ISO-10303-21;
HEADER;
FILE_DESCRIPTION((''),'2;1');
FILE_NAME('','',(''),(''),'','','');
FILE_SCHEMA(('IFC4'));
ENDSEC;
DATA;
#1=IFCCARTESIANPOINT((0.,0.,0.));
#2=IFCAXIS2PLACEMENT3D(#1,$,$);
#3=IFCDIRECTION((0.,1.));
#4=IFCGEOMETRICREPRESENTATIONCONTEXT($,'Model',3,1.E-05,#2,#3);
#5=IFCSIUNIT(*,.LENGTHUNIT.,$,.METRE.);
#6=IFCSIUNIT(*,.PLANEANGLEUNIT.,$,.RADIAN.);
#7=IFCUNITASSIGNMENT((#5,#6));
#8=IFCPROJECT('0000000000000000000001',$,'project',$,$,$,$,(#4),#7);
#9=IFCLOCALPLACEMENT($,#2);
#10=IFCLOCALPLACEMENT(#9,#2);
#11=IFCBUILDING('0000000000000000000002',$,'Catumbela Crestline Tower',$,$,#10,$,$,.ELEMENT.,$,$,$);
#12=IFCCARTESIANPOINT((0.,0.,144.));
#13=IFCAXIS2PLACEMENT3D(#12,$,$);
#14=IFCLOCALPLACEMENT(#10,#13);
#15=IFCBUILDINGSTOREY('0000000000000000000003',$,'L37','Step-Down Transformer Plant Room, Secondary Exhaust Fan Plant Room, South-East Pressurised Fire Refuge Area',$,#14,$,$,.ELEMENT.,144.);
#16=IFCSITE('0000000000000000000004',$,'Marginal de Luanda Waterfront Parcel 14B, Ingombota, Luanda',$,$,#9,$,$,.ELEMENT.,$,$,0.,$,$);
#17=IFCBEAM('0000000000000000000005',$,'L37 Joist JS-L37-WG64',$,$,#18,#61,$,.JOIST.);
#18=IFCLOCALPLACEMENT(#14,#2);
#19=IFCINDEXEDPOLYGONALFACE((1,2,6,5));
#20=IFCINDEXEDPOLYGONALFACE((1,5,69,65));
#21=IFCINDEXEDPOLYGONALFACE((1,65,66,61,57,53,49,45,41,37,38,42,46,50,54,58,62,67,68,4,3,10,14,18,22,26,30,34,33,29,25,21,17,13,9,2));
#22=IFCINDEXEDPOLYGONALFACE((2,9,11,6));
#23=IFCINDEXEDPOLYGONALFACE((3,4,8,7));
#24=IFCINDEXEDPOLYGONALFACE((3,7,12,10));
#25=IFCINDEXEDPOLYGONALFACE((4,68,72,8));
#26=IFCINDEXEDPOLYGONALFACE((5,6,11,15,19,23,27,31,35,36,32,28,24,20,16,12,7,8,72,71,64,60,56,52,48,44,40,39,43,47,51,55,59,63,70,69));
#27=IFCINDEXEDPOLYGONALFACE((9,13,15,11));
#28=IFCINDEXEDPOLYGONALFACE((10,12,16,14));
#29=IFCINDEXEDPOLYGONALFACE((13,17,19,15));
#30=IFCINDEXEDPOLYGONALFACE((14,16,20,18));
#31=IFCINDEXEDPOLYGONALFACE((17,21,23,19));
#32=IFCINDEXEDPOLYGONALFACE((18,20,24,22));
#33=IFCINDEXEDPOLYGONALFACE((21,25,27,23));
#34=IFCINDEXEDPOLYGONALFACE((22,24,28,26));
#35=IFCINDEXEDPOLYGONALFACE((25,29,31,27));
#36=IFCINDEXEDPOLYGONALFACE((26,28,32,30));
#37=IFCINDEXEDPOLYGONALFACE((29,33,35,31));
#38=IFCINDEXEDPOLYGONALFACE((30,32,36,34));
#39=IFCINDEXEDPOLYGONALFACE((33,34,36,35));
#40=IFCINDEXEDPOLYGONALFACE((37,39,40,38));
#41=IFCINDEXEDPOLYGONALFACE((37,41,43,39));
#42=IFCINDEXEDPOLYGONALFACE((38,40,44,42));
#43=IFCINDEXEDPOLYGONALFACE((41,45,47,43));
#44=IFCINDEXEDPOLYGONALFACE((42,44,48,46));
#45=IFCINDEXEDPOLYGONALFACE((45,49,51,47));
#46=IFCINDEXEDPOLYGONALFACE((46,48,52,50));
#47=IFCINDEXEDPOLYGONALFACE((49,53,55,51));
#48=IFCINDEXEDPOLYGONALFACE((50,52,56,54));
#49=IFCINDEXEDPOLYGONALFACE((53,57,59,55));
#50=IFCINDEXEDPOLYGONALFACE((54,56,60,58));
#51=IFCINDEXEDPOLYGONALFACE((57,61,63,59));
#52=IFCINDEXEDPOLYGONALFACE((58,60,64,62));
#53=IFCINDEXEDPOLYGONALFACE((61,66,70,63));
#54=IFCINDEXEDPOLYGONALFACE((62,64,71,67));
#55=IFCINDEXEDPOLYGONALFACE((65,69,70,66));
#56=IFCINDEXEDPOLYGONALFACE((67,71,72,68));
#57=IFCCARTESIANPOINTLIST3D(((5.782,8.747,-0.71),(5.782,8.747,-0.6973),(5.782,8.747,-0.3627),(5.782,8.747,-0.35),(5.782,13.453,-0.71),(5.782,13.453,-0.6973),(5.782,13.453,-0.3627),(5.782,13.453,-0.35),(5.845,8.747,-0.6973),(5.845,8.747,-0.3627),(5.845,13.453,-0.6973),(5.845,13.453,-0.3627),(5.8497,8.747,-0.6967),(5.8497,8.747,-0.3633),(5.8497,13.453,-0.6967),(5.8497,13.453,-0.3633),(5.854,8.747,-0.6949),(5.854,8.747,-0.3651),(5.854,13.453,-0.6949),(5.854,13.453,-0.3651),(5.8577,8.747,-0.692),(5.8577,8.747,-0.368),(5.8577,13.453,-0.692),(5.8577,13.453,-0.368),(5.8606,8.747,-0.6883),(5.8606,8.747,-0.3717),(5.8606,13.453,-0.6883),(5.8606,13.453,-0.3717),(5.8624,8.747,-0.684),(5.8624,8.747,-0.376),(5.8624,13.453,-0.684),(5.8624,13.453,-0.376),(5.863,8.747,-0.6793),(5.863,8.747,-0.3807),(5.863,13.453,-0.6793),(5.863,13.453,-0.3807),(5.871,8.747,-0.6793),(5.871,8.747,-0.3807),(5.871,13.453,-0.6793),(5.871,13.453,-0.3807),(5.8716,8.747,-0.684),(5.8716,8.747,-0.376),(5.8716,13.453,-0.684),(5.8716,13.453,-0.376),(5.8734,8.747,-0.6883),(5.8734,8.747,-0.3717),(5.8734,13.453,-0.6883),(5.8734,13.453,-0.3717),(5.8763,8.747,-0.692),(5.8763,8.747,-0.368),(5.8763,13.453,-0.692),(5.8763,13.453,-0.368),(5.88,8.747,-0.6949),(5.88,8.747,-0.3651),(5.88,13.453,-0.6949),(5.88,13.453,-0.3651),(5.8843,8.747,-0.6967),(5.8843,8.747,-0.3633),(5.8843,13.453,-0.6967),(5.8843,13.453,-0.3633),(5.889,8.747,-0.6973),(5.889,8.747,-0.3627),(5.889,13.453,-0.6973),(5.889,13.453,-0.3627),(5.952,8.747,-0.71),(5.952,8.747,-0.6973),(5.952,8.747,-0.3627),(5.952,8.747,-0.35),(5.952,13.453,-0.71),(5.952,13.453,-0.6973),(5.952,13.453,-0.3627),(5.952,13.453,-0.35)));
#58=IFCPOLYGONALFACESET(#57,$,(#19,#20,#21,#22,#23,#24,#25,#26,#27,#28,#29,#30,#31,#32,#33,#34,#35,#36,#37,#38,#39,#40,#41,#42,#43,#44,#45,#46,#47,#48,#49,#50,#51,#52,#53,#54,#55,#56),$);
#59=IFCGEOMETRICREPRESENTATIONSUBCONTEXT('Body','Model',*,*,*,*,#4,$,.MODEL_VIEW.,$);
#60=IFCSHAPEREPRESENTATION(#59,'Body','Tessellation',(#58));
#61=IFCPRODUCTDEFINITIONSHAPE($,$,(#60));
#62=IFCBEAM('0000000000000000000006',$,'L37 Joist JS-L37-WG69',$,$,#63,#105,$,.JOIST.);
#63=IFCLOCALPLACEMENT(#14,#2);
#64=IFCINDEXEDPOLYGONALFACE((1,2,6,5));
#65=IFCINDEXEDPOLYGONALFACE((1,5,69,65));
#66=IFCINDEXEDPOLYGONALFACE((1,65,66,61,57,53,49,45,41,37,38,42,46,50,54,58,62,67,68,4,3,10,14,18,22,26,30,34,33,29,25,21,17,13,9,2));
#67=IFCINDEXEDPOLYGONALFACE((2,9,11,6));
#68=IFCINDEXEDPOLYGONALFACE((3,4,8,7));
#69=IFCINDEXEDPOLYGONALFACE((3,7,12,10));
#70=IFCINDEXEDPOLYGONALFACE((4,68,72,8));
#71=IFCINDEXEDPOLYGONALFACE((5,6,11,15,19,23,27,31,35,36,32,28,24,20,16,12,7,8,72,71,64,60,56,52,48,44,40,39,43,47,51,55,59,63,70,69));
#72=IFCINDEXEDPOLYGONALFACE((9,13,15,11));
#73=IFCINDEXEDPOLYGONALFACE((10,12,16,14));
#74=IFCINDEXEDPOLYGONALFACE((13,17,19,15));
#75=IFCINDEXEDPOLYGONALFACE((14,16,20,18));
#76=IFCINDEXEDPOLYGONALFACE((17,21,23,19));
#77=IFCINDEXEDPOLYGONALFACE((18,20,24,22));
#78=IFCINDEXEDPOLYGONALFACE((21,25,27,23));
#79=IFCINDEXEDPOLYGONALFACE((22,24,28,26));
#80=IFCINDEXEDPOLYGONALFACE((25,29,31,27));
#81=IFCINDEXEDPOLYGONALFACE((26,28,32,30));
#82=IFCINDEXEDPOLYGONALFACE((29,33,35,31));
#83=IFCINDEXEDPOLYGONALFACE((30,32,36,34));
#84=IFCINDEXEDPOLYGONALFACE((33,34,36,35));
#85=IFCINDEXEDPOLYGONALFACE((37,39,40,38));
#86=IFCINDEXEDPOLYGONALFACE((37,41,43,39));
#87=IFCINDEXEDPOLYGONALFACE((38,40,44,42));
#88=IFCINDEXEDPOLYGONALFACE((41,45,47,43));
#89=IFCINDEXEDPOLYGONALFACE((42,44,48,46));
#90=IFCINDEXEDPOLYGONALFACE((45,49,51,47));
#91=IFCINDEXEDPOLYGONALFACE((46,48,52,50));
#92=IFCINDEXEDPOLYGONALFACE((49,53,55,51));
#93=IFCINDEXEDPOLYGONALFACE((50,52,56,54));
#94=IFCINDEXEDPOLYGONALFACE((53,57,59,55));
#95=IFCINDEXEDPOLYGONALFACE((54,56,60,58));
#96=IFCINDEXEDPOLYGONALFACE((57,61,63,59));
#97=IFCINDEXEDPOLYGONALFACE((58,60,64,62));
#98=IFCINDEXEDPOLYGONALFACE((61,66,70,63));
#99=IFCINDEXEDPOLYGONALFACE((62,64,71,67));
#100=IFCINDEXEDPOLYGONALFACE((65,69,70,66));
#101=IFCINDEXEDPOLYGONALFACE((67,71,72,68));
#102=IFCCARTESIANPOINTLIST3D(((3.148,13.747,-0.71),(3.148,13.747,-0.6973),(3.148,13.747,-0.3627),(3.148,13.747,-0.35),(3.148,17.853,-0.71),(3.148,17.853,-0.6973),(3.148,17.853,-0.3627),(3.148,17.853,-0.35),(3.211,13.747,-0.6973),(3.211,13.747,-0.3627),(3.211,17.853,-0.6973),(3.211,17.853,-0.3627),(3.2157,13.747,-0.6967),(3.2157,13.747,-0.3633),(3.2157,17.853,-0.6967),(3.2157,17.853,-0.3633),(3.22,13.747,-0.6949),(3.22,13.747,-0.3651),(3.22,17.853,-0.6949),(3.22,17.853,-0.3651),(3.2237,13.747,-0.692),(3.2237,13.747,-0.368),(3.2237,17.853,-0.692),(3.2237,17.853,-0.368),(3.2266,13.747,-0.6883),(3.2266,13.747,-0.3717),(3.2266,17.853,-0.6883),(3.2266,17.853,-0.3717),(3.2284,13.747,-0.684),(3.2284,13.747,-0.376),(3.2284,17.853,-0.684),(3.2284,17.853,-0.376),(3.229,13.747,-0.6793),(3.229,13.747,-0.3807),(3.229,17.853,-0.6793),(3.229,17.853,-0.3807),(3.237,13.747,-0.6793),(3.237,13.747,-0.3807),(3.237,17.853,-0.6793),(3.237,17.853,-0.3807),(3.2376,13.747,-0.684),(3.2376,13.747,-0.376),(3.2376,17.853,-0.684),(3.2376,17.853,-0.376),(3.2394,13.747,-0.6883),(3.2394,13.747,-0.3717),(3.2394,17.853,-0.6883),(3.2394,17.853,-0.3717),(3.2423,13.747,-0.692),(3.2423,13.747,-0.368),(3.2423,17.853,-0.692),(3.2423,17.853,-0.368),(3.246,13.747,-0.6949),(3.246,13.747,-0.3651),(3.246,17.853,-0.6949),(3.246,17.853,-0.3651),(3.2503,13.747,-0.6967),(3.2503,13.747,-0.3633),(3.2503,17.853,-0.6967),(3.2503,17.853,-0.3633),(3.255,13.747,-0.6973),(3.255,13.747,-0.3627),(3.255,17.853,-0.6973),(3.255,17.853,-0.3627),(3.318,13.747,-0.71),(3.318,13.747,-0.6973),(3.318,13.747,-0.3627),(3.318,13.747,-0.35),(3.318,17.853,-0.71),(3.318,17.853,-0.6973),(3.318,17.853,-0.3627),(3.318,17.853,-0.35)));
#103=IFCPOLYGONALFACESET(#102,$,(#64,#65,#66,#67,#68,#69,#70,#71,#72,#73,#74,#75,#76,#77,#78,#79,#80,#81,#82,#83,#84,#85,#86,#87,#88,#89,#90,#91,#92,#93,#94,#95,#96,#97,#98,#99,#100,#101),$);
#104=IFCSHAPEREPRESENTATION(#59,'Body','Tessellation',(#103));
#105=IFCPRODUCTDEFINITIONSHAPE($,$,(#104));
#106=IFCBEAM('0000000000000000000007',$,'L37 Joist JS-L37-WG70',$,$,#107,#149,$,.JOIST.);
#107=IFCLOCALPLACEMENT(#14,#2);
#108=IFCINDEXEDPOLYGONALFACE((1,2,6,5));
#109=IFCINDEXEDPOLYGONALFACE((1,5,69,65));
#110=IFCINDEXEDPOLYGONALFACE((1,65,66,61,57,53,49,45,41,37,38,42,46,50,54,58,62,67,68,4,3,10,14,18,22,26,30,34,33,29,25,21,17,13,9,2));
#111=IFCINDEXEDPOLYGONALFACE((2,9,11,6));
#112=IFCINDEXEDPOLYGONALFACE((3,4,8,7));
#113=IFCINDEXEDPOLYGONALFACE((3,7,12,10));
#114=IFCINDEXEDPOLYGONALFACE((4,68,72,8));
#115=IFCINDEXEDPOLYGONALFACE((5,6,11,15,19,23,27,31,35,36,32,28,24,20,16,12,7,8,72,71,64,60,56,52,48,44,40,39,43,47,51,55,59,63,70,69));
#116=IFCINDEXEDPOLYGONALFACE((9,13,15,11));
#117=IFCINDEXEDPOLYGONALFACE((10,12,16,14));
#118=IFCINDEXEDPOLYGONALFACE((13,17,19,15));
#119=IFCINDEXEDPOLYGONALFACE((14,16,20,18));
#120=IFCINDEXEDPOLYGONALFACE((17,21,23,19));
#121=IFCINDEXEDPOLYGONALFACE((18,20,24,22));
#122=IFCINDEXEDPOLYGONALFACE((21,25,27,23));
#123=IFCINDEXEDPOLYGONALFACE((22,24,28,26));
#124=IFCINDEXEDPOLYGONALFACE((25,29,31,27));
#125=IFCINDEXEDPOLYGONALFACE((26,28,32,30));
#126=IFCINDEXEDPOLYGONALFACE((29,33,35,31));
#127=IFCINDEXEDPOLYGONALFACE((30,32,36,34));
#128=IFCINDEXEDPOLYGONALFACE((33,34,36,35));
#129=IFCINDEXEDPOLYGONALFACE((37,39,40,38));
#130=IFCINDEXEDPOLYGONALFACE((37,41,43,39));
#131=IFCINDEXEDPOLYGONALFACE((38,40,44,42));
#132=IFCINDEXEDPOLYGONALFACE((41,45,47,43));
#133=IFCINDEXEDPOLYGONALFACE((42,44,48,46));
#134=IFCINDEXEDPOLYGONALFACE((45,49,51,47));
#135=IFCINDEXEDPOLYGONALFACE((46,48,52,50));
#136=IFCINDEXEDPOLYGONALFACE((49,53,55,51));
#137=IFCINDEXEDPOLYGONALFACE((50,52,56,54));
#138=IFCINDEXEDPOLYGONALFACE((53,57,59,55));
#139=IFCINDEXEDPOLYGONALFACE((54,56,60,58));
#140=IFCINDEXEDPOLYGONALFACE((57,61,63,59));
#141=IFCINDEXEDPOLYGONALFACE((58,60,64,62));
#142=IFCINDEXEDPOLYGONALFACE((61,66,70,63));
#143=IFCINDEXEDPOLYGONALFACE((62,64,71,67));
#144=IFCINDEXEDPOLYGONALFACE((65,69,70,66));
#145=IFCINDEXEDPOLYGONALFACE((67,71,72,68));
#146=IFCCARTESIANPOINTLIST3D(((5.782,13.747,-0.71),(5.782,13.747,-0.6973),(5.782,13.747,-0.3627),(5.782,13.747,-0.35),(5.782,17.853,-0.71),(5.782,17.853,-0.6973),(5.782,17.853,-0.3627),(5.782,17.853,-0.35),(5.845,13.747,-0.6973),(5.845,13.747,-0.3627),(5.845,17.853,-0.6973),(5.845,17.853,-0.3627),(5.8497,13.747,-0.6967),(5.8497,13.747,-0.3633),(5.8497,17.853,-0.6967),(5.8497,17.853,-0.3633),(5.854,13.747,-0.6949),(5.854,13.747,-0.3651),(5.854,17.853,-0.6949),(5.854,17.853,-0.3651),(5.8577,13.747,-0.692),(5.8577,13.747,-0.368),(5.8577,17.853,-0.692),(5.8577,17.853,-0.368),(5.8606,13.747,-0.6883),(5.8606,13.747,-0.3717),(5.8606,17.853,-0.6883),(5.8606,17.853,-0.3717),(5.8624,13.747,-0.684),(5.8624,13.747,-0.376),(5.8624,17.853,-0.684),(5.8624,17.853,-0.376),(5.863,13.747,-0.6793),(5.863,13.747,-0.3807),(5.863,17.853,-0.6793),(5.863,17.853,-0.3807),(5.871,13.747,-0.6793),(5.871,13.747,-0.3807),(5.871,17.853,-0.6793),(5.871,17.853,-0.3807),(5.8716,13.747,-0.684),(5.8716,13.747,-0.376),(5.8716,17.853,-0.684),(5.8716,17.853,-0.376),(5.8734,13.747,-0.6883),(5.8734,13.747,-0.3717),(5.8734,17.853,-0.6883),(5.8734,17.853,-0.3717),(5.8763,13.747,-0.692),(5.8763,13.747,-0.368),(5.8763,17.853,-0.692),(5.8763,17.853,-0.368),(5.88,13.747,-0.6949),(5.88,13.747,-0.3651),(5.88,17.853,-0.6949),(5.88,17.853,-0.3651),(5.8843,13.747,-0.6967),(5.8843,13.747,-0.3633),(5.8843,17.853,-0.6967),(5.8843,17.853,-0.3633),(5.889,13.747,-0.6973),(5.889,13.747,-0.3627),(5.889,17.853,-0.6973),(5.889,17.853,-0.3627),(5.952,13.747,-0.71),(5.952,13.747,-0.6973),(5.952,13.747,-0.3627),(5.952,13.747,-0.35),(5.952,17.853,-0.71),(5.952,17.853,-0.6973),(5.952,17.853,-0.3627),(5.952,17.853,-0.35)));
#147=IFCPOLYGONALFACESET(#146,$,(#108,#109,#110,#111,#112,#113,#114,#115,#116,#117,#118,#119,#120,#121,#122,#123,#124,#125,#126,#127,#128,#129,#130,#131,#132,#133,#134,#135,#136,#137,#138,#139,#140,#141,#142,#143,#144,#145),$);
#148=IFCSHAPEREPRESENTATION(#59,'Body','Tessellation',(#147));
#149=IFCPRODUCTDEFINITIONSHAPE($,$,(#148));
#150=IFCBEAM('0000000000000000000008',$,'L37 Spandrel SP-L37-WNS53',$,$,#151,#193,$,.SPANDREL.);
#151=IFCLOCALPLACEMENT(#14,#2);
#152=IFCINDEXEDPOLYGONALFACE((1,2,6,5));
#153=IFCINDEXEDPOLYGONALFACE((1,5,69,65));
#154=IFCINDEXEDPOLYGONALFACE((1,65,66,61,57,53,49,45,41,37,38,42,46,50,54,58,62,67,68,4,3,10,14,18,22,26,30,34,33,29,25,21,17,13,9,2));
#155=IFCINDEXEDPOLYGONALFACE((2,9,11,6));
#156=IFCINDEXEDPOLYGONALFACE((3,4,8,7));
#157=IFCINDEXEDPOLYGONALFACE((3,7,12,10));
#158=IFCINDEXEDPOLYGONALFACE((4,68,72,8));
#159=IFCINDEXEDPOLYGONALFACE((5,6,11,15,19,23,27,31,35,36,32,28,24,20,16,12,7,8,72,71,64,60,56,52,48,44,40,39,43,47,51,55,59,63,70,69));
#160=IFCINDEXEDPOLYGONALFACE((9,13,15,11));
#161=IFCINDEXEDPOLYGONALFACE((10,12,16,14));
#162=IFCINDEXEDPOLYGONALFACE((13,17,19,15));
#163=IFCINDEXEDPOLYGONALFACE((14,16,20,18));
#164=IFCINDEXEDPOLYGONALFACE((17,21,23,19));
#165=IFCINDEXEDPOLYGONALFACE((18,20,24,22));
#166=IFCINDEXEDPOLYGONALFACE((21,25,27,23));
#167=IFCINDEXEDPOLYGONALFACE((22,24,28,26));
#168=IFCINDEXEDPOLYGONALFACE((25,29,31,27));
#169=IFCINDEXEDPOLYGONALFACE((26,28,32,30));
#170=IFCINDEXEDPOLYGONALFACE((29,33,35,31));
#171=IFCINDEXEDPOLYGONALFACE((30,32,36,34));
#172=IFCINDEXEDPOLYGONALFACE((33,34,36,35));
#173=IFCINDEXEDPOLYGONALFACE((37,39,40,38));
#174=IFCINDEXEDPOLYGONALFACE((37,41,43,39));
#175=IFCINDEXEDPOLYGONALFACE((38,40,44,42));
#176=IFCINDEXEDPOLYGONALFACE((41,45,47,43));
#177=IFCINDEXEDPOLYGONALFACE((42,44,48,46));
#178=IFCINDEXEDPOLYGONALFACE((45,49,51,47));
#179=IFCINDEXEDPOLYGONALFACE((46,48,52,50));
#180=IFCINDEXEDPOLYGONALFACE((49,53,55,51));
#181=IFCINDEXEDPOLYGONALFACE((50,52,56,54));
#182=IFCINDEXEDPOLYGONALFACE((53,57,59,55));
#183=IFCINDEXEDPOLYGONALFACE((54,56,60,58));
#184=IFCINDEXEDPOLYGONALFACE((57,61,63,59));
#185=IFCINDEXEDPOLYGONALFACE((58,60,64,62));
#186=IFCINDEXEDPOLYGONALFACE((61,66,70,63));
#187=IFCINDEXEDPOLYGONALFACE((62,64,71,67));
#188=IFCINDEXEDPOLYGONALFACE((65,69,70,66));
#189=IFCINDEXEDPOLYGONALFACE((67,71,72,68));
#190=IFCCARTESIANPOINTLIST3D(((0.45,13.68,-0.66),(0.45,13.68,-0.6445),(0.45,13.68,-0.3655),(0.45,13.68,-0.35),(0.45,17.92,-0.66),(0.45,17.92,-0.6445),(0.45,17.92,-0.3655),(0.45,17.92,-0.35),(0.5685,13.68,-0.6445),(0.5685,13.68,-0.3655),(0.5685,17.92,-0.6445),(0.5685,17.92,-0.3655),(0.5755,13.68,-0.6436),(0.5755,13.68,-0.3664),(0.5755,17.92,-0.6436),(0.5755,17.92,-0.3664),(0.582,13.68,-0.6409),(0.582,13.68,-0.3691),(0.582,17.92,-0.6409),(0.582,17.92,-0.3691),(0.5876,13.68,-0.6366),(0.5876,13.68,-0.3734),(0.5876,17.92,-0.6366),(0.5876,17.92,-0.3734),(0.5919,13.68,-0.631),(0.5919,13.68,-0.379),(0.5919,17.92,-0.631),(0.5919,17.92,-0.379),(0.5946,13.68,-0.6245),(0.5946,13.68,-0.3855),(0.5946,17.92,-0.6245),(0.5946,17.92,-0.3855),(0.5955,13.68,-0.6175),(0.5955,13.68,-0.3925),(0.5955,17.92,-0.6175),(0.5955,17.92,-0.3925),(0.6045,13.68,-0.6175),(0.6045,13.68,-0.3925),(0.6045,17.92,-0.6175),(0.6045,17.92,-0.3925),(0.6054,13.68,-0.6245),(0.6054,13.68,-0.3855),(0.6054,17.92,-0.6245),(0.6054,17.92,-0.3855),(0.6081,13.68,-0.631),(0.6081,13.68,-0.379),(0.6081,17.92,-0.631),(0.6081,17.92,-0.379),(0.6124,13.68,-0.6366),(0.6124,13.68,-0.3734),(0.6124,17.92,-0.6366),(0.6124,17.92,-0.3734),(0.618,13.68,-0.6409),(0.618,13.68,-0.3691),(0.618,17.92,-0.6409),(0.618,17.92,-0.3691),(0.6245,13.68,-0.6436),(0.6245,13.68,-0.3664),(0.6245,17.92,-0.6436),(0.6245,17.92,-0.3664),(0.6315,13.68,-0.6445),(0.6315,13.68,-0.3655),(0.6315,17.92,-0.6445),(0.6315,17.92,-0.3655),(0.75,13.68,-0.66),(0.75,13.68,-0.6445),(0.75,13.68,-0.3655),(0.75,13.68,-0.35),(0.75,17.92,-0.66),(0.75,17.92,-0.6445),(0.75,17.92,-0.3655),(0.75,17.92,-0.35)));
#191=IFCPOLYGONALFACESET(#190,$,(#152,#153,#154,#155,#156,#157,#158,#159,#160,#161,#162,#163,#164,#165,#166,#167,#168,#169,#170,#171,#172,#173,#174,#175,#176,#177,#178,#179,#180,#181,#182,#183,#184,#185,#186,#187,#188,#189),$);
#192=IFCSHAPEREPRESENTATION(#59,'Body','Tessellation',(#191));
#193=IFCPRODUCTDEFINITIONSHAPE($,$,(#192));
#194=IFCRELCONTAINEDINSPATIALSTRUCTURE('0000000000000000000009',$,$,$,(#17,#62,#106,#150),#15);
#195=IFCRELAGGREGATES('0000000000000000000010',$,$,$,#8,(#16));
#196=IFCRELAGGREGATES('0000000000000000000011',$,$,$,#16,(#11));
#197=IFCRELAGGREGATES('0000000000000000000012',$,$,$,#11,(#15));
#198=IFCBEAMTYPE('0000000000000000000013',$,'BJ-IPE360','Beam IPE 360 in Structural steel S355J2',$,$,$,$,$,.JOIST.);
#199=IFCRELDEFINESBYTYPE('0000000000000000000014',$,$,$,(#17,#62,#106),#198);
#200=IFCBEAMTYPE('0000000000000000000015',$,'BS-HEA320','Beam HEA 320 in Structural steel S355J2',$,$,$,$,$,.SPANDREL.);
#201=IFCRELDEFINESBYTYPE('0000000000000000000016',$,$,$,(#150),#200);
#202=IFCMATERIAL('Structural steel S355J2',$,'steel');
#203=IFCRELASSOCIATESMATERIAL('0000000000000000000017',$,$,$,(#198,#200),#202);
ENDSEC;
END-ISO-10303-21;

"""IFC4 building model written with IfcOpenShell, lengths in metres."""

from ifc_helpers import new_model, si_unit, direction, frame, origin, origin_2d, place, context, subcontext, project, spatial, i_section, extrude, material, material_profile, profile_set, type_object, element, save


model = new_model("IFC4")

# Units and contexts
model_context = context("Model", 3, precision=1e-05, world=origin(), true_north=direction((0.0, 1.0)))
body_context = subcontext(model_context, "Body", "Model", "MODEL_VIEW")
ifc_project = project(units=[si_unit("LENGTHUNIT", "METRE"), si_unit("PLANEANGLEUNIT", "RADIAN")], contexts=[model_context])

# Site, building, storey
site_placement = place(None, origin())
site = spatial("IfcSite", under=ifc_project, at=site_placement, Name="Marginal de Luanda Waterfront Parcel 14B, Ingombota, Luanda", CompositionType="ELEMENT", RefElevation=0.0)
building_placement = place(site_placement, origin())
building = spatial("IfcBuilding", under=site, at=building_placement, Name="Catumbela Crestline Tower", CompositionType="ELEMENT")
storey_placement = place(building_placement, frame((0.0, 0.0, 144.0)))
storey = spatial("IfcBuildingStorey", under=building, at=storey_placement, Name="L37", Description="Step-Down Transformer Plant Room, Secondary Exhaust Fan Plant Room, South-East Pressurised Fire Refuge Area", CompositionType="ELEMENT", Elevation=144.0)

# Beams
ifc_material_1 = material(Name="Structural steel S355J2", Category="steel")
ifc_material_profile_1 = material_profile(ifc_material_1, i_section(OverallWidth=0.17, OverallDepth=0.36, WebThickness=0.008, FlangeThickness=0.0127, FilletRadius=0.018, at=origin_2d()), Name="IPE 360")
ifc_profile_set_1 = profile_set([ifc_material_profile_1], Name="Structural steel S355J2")
beam_type_1 = type_object("IfcBeamType", Name="BJ-IPE360", Description="Beam IPE 360 in Structural steel S355J2", PredefinedType="JOIST", material=ifc_profile_set_1)
for number, where, z_axis, x_axis, name in (
    (1, (5.867, 8.747, -0.53), (0.0, 1.0, 0.0), (-1.0, 0.0, 0.0), "L37 Joist JS-L37-WG64"),
):
    element("IfcBeam", number, at=place(storey_placement, frame(where, z_axis=z_axis, x_axis=x_axis)), inside=storey, type_object=beam_type_1, Name=name, PredefinedType="JOIST", context=body_context, shape_type="SweptSolid", body=[
        extrude(i_section(OverallWidth=0.17, OverallDepth=0.36, WebThickness=0.008, FlangeThickness=0.0127, FilletRadius=0.018, at=origin_2d()), origin(), (0.0, 0.0, 1.0), 4.706),
    ])
for number, where, z_axis, x_axis, name in (
    (2, (3.233, 13.747, -0.53), (0.0, 1.0, 0.0), (-1.0, 0.0, 0.0), "L37 Joist JS-L37-WG69"),
    (3, (5.867, 13.747, -0.53), (0.0, 1.0, 0.0), (-1.0, 0.0, 0.0), "L37 Joist JS-L37-WG70"),
):
    element("IfcBeam", number, at=place(storey_placement, frame(where, z_axis=z_axis, x_axis=x_axis)), inside=storey, type_object=beam_type_1, Name=name, PredefinedType="JOIST", context=body_context, shape_type="SweptSolid", body=[
        extrude(i_section(OverallWidth=0.17, OverallDepth=0.36, WebThickness=0.008, FlangeThickness=0.0127, FilletRadius=0.018, at=origin_2d()), origin(), (0.0, 0.0, 1.0), 4.106),
    ])
ifc_material_profile_2 = material_profile(ifc_material_1, i_section(OverallWidth=0.3, OverallDepth=0.31, WebThickness=0.009, FlangeThickness=0.0155, FilletRadius=0.027, at=origin_2d()), Name="HEA 320")
ifc_profile_set_2 = profile_set([ifc_material_profile_2], Name="Structural steel S355J2")
beam_type_2 = type_object("IfcBeamType", Name="BS-HEA320", Description="Beam HEA 320 in Structural steel S355J2", PredefinedType="SPANDREL", material=ifc_profile_set_2)
beam_1_placement = place(storey_placement, frame((0.6, 13.68, -0.505), z_axis=(0.0, 1.0, 0.0), x_axis=(-1.0, 0.0, 0.0)))
element("IfcBeam", 4, at=beam_1_placement, inside=storey, type_object=beam_type_2, Name="L37 Spandrel SP-L37-WNS53", PredefinedType="SPANDREL", context=body_context, shape_type="SweptSolid", body=[
    extrude(i_section(OverallWidth=0.3, OverallDepth=0.31, WebThickness=0.009, FlangeThickness=0.0155, FilletRadius=0.027, at=origin_2d()), origin(), (0.0, 0.0, 1.0), 4.24),
])

save(model, "model.ifc")
